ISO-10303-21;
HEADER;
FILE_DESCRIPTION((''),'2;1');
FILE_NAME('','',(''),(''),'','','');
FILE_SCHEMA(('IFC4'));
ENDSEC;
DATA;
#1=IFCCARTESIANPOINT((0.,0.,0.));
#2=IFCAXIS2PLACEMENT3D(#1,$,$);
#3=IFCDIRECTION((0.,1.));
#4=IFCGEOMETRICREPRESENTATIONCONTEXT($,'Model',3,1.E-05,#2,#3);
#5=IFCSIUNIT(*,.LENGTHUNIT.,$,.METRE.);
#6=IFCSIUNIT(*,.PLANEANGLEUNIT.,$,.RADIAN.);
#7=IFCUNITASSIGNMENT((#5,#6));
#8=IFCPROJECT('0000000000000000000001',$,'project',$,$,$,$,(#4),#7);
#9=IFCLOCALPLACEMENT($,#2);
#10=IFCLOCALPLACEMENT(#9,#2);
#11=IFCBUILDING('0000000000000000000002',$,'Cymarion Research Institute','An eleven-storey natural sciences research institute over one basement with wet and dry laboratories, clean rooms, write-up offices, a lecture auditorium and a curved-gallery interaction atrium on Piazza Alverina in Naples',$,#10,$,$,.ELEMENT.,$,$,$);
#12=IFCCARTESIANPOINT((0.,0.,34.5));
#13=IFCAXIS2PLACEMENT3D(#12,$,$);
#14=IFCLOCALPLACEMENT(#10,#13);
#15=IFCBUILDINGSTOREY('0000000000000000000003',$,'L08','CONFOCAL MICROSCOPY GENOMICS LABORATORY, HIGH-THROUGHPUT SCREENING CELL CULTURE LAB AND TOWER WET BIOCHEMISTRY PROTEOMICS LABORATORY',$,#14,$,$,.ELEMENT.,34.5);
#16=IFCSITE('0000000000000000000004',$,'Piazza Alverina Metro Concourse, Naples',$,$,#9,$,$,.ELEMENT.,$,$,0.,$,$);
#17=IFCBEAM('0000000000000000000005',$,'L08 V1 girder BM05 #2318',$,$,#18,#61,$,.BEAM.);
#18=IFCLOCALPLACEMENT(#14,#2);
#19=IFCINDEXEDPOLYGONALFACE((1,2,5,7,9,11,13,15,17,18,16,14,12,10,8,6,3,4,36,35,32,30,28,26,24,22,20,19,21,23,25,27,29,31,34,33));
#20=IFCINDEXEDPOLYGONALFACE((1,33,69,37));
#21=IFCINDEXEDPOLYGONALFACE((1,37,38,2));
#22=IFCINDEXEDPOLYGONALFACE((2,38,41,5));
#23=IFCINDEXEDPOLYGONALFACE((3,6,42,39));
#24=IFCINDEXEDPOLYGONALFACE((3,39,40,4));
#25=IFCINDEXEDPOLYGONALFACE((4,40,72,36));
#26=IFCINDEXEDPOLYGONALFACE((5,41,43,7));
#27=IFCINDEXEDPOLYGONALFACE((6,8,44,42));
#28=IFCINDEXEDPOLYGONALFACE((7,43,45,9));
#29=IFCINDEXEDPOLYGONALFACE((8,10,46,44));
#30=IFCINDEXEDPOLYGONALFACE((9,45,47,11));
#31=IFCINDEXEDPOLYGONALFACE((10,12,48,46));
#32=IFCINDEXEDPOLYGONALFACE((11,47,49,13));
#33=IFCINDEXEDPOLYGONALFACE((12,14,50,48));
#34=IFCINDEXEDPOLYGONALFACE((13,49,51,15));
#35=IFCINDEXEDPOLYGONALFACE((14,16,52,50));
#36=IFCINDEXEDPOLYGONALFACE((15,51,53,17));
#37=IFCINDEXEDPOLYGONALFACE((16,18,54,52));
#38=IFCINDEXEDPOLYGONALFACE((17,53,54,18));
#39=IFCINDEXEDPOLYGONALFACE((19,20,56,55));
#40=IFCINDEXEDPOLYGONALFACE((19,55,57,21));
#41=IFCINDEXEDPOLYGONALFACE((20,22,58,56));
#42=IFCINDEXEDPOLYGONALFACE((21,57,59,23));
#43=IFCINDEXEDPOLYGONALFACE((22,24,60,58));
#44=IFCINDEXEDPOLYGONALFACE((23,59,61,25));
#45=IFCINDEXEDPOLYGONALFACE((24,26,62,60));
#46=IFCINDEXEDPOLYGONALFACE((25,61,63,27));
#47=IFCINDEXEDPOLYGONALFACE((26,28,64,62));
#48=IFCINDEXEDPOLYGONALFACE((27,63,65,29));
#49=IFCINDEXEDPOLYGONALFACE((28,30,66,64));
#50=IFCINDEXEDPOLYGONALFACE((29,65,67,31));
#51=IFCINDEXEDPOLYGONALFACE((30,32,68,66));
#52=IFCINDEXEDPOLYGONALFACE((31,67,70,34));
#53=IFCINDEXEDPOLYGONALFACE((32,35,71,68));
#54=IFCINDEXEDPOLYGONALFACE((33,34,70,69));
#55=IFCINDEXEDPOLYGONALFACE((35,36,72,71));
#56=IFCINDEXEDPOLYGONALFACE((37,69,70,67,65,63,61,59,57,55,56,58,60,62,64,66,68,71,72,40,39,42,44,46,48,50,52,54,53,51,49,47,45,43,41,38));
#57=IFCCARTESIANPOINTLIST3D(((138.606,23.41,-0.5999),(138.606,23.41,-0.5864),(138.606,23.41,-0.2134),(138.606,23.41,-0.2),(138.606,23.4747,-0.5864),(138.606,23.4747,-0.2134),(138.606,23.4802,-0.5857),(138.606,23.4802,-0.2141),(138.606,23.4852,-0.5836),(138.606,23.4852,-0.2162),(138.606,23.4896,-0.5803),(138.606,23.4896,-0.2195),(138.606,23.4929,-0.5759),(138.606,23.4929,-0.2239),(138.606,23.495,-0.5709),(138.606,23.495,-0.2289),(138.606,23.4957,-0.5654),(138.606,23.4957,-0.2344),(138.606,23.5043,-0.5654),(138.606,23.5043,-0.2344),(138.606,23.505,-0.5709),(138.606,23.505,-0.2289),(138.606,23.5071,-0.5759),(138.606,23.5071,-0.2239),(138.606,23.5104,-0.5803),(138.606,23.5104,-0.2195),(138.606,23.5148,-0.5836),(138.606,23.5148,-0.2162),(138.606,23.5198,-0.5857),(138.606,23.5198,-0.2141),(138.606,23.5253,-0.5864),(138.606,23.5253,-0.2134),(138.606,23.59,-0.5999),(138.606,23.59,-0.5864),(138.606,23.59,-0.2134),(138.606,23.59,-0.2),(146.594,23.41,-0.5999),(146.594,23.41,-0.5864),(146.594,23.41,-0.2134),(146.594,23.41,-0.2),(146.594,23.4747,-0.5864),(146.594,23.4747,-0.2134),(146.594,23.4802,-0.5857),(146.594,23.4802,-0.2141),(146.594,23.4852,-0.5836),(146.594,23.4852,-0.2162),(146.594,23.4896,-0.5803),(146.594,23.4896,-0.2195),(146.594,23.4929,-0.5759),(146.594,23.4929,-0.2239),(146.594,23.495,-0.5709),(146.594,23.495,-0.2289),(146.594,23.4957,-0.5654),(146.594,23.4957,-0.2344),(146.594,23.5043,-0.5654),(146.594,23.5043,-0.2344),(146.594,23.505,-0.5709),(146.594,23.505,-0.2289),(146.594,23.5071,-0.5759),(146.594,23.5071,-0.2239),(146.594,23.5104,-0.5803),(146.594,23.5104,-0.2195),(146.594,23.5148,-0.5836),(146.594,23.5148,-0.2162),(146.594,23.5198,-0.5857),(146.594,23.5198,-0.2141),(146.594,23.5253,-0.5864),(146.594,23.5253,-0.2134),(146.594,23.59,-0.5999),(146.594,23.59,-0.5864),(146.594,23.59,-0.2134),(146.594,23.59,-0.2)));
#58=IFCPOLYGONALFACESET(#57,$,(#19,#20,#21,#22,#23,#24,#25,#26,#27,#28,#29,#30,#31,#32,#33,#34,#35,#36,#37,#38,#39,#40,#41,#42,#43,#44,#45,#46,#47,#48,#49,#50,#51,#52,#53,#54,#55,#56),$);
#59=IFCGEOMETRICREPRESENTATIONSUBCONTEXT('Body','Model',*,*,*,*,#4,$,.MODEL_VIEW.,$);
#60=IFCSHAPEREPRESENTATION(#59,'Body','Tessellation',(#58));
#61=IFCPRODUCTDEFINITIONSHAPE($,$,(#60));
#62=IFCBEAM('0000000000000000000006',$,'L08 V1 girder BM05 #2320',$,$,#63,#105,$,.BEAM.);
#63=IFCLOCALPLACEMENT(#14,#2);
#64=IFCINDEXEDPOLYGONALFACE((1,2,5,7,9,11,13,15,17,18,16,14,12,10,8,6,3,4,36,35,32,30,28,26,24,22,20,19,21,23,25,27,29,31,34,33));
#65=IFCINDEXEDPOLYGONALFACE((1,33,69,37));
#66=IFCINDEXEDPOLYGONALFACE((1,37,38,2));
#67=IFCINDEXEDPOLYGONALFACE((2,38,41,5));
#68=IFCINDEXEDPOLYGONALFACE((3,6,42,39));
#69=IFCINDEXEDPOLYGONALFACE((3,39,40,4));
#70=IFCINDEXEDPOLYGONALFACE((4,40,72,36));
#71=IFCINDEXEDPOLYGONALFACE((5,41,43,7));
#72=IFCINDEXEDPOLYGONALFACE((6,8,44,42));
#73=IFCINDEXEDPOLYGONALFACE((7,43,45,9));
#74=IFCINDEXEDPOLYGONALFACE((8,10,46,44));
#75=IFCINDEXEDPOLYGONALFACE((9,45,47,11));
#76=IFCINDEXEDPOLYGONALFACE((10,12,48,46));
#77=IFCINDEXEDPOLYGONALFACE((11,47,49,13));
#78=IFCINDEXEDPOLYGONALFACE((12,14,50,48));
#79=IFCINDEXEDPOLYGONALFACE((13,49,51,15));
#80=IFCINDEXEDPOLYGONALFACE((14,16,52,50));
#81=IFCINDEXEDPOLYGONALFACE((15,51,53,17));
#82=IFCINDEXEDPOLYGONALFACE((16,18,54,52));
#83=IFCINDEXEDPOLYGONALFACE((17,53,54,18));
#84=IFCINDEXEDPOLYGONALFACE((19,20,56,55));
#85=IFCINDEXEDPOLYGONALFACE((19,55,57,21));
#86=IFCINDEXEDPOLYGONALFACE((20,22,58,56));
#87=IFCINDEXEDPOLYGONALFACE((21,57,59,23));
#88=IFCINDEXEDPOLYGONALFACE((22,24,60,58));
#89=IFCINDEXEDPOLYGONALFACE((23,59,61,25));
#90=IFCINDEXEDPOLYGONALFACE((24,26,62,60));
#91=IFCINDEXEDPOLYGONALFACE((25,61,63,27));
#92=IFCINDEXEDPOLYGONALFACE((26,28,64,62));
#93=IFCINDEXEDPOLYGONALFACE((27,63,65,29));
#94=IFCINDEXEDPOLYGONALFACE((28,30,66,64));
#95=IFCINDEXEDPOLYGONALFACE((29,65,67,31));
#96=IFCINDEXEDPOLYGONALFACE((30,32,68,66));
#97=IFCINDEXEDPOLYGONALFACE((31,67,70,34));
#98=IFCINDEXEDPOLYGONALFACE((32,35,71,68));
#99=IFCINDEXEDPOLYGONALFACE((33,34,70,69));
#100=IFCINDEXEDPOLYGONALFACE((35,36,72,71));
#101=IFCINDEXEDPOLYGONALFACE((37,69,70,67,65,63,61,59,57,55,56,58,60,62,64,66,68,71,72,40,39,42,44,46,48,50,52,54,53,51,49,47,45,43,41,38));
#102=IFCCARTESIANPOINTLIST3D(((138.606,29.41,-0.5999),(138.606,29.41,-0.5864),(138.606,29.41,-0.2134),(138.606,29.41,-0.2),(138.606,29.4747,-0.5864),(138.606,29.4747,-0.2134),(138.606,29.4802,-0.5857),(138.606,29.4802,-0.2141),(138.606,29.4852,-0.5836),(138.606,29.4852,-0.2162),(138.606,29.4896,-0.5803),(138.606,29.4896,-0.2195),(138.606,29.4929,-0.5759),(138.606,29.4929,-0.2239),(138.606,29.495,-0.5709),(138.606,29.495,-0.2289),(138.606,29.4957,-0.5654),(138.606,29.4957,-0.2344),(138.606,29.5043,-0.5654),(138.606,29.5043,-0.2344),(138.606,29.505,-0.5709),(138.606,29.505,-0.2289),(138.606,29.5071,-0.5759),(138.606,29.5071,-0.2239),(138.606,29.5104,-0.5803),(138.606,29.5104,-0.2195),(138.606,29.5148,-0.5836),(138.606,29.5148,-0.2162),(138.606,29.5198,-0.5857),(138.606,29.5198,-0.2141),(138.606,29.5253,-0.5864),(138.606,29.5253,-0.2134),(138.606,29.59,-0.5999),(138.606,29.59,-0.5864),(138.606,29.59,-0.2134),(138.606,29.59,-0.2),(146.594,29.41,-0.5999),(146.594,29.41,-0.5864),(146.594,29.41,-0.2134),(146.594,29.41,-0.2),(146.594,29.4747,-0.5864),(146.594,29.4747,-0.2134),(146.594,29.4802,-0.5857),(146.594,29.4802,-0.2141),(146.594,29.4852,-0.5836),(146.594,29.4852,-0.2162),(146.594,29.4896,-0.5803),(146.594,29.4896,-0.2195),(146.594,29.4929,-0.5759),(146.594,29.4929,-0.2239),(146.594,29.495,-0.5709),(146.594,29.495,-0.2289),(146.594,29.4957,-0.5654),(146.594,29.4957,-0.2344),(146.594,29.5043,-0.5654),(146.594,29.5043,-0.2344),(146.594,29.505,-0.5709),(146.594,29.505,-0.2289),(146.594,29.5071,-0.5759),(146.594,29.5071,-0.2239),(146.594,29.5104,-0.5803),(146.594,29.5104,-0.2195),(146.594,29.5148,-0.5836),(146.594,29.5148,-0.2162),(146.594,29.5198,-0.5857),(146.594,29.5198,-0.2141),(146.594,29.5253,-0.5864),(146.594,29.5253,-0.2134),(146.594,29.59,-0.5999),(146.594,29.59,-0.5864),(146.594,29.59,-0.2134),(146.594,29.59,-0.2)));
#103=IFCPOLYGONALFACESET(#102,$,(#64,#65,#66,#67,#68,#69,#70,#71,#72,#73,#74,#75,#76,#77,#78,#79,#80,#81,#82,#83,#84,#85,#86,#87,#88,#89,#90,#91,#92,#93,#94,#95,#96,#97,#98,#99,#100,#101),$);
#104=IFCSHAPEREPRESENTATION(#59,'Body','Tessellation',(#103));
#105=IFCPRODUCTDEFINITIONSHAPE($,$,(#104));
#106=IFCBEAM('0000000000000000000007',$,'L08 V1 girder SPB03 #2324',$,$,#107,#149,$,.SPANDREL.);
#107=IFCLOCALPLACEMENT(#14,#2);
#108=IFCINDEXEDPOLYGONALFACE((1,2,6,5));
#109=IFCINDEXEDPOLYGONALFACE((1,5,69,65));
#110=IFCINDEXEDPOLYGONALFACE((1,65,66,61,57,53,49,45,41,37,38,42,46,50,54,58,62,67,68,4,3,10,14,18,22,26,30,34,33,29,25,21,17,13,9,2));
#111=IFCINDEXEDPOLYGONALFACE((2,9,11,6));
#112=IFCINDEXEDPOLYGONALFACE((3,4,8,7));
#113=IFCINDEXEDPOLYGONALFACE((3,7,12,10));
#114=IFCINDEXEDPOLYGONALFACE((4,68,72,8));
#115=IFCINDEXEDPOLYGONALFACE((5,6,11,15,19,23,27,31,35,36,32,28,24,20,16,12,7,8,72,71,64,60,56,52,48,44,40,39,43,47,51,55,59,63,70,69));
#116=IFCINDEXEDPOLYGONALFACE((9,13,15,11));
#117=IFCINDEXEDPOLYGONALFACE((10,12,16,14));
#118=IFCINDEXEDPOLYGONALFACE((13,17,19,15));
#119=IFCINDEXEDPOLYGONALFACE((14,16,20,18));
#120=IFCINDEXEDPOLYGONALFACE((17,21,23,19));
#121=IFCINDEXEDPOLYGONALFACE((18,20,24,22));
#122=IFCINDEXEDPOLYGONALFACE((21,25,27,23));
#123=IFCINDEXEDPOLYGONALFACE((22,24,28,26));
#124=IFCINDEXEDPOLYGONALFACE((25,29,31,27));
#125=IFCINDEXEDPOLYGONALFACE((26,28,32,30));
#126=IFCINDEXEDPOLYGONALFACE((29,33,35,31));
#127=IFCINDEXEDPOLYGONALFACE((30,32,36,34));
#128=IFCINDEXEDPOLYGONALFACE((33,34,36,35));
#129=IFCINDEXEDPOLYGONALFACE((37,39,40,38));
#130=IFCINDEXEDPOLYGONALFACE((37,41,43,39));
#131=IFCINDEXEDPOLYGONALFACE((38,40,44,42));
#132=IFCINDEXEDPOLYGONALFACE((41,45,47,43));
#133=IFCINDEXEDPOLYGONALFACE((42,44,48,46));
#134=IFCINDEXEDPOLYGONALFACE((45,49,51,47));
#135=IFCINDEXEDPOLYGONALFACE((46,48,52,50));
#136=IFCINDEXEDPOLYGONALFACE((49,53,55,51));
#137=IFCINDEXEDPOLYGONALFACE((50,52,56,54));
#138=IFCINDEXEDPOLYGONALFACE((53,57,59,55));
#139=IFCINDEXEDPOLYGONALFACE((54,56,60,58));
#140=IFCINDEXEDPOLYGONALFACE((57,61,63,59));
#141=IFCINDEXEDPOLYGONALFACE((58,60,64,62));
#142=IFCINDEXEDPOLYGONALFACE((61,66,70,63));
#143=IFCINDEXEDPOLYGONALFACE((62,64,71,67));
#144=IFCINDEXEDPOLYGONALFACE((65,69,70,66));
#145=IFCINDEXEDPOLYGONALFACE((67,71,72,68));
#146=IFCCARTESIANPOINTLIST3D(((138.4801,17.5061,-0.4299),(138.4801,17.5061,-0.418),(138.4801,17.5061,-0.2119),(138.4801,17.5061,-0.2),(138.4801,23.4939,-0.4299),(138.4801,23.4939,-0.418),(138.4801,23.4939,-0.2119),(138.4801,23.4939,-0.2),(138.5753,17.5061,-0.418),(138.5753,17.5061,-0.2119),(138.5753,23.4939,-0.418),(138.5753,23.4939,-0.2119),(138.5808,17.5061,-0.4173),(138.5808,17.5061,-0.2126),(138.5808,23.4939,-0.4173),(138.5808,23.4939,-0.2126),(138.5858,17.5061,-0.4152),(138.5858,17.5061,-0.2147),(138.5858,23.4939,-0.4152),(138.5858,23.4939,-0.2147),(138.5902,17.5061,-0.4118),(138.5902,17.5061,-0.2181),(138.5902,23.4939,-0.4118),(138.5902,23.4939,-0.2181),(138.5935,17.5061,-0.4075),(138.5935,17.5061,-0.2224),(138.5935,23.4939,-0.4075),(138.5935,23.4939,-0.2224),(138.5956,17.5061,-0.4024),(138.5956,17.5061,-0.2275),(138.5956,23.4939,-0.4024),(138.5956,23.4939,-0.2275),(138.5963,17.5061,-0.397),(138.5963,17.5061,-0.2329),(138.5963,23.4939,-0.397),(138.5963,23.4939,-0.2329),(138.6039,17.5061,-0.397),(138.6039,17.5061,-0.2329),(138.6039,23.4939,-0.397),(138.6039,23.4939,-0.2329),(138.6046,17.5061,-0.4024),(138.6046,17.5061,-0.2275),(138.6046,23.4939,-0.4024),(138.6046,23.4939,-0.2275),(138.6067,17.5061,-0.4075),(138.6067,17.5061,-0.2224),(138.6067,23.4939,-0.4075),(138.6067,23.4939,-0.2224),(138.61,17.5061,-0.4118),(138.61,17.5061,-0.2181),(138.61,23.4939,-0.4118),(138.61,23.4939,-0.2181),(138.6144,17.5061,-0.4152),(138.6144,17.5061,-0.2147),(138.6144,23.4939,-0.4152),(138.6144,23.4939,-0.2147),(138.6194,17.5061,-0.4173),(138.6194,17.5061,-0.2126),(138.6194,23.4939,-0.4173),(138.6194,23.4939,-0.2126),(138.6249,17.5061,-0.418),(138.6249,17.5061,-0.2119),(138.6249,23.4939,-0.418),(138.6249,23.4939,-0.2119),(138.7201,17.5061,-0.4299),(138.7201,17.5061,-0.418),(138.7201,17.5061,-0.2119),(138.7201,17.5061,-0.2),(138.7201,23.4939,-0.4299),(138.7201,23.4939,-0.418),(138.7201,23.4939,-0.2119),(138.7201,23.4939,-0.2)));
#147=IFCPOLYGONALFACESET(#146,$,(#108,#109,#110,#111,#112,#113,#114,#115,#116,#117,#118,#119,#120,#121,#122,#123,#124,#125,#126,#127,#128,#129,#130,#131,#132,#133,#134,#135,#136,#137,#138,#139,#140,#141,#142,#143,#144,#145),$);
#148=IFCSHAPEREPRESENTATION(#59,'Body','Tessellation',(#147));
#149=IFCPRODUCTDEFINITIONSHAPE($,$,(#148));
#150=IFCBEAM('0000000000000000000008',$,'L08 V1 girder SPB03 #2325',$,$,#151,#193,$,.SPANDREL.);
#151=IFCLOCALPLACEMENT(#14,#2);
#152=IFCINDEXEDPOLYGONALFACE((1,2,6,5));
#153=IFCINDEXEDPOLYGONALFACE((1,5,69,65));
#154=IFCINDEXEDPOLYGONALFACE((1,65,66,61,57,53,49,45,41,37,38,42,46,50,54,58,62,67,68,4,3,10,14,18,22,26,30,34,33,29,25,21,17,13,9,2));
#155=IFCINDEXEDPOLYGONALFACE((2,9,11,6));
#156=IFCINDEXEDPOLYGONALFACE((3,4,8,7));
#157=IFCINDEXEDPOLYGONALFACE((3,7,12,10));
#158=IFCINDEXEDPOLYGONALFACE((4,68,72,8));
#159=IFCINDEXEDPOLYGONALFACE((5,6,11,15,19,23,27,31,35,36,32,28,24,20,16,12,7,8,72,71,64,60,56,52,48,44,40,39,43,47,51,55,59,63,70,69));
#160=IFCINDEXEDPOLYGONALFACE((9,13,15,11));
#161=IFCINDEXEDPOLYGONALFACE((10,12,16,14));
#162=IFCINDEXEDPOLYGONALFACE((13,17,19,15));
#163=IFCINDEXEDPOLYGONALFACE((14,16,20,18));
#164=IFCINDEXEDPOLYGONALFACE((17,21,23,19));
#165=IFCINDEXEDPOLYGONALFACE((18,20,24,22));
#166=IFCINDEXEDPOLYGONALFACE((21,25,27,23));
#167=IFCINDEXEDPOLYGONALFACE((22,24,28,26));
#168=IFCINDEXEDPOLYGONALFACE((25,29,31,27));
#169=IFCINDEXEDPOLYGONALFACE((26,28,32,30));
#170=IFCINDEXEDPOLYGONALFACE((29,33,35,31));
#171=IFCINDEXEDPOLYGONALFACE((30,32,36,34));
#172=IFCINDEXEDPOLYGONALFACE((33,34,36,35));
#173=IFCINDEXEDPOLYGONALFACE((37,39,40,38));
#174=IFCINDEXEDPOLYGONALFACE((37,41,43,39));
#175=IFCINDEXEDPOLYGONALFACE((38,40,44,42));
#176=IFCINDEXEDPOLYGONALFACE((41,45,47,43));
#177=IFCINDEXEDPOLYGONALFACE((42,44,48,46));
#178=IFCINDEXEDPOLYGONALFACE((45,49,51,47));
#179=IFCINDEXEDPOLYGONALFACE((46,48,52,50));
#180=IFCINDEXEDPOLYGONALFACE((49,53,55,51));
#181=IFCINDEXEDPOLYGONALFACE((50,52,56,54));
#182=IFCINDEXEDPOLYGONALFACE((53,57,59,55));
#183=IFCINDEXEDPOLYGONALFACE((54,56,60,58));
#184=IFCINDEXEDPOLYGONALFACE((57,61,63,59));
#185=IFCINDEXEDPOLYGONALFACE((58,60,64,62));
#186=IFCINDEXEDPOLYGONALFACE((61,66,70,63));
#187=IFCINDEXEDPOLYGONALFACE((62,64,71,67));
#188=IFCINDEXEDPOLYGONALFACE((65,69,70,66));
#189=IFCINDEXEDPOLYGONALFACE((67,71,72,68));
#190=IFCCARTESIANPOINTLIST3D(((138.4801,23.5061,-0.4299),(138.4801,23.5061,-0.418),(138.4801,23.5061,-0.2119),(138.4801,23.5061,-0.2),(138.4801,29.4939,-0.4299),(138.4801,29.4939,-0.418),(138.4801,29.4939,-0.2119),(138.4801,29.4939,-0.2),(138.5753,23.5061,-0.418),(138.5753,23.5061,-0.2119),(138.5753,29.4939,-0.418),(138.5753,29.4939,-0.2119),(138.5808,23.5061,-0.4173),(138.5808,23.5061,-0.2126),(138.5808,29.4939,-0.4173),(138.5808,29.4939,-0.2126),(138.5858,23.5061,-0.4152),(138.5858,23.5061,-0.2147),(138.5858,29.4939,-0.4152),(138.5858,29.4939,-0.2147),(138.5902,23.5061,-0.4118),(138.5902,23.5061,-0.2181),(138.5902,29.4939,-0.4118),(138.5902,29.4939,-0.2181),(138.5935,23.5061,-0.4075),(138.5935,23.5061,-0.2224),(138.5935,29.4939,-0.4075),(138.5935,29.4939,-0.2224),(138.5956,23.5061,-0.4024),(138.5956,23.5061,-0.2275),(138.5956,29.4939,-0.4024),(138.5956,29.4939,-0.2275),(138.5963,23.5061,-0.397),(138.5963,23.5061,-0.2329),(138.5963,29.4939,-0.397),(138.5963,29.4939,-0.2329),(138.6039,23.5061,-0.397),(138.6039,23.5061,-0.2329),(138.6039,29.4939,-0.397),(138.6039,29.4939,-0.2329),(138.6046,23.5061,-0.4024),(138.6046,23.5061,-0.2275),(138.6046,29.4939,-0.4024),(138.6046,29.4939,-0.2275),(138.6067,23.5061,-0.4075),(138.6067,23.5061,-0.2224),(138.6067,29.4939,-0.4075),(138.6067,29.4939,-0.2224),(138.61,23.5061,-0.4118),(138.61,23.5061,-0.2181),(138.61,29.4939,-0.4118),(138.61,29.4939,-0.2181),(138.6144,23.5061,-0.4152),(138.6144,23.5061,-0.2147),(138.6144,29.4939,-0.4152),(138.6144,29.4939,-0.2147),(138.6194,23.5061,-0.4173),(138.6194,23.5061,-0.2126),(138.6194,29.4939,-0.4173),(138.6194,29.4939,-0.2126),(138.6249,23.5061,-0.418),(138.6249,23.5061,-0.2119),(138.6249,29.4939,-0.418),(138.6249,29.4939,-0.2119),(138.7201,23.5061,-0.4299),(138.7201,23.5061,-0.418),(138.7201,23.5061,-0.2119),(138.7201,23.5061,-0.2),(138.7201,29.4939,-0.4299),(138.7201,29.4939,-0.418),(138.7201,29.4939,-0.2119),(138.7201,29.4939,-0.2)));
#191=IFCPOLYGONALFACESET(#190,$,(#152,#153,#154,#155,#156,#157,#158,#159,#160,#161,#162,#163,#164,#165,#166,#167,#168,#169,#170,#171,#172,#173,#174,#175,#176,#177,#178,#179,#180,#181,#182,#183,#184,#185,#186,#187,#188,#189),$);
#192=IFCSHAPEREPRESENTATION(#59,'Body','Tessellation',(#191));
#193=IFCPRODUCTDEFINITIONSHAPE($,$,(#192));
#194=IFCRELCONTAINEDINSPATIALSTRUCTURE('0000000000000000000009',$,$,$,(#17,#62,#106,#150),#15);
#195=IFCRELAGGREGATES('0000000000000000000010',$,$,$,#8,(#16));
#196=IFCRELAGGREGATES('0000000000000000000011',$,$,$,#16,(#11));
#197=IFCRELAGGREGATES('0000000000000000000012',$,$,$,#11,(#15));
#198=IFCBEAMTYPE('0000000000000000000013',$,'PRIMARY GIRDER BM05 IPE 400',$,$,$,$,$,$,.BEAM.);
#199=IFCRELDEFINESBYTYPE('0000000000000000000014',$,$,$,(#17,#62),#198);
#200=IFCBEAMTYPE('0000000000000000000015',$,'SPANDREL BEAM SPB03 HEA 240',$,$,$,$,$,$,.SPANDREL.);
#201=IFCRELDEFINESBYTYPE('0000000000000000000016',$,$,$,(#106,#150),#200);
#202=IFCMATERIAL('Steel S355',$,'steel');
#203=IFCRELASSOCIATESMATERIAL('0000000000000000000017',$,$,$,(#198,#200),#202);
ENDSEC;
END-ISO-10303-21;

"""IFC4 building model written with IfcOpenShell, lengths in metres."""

from ifc_helpers import new_model, si_unit, direction, frame, origin, origin_2d, place, context, subcontext, project, spatial, i_section, extrude, material, material_profile, profile_set, type_object, element, save


model = new_model("IFC4")

# Units and contexts
model_context = context("Model", 3, precision=1e-05, world=origin(), true_north=direction((0.0, 1.0)))
body_context = subcontext(model_context, "Body", "Model", "MODEL_VIEW")
ifc_project = project(units=[si_unit("LENGTHUNIT", "METRE"), si_unit("PLANEANGLEUNIT", "RADIAN")], contexts=[model_context])

# Site, building, storey
site_placement = place(None, origin())
site = spatial("IfcSite", under=ifc_project, at=site_placement, Name="Piazza Alverina Metro Concourse, Naples", CompositionType="ELEMENT", RefElevation=0.0)
building_placement = place(site_placement, origin())
building = spatial("IfcBuilding", under=site, at=building_placement, Name="Cymarion Research Institute", Description="An eleven-storey natural sciences research institute over one basement with wet and dry laboratories, clean rooms, write-up offices, a lecture auditorium and a curved-gallery interaction atrium on Piazza Alverina in Naples", CompositionType="ELEMENT")
storey_placement = place(building_placement, frame((0.0, 0.0, 34.5)))
storey = spatial("IfcBuildingStorey", under=building, at=storey_placement, Name="L08", Description="CONFOCAL MICROSCOPY GENOMICS LABORATORY, HIGH-THROUGHPUT SCREENING CELL CULTURE LAB AND TOWER WET BIOCHEMISTRY PROTEOMICS LABORATORY", CompositionType="ELEMENT", Elevation=34.5)

# Shared definitions
ifc_material_1 = material(Name="Steel S355", Category="steel")

# Beams
ifc_material_profile_1 = material_profile(ifc_material_1, i_section(OverallWidth=0.1799, OverallDepth=0.3999, WebThickness=0.0085, FlangeThickness=0.0134, FilletRadius=0.021, at=origin_2d()), Name="IPE 400")
ifc_profile_set_1 = profile_set([ifc_material_profile_1], Name="Steel S355")
beam_type_1 = type_object("IfcBeamType", Name="PRIMARY GIRDER BM05 IPE 400", PredefinedType="BEAM", material=ifc_profile_set_1)
for number, where, z_axis, x_axis, name in (
    (1, (138.606, 23.5, -0.3999), (1.0, 0.0, 0.0), (0.0, 1.0, 0.0), "L08 V1 girder BM05 #2318"),
    (2, (138.606, 29.5, -0.3999), (1.0, 0.0, 0.0), (0.0, 1.0, 0.0), "L08 V1 girder BM05 #2320"),
):
    element("IfcBeam", number, at=place(storey_placement, frame(where, z_axis=z_axis, x_axis=x_axis)), inside=storey, type_object=beam_type_1, Name=name, PredefinedType="BEAM", context=body_context, shape_type="SweptSolid", body=[
        extrude(i_section(OverallWidth=0.1799, OverallDepth=0.3999, WebThickness=0.0085, FlangeThickness=0.0134, FilletRadius=0.021, at=origin_2d()), origin(), (0.0, 0.0, 1.0), 7.988),
    ])
ifc_material_profile_2 = material_profile(ifc_material_1, i_section(OverallWidth=0.24, OverallDepth=0.23, WebThickness=0.0076, FlangeThickness=0.012, FilletRadius=0.021, at=origin_2d()), Name="HEA 240")
ifc_profile_set_2 = profile_set([ifc_material_profile_2], Name="Steel S355")
beam_type_2 = type_object("IfcBeamType", Name="SPANDREL BEAM SPB03 HEA 240", PredefinedType="SPANDREL", material=ifc_profile_set_2)
for number, where, z_axis, x_axis, name in (
    (3, (138.6001, 17.5061, -0.3149), (0.0, 1.0, 0.0), (-1.0, 0.0, 0.0), "L08 V1 girder SPB03 #2324"),
    (4, (138.6001, 23.5061, -0.3149), (0.0, 1.0, 0.0), (-1.0, 0.0, 0.0), "L08 V1 girder SPB03 #2325"),
):
    element("IfcBeam", number, at=place(storey_placement, frame(where, z_axis=z_axis, x_axis=x_axis)), inside=storey, type_object=beam_type_2, Name=name, PredefinedType="SPANDREL", context=body_context, shape_type="SweptSolid", body=[
        extrude(i_section(OverallWidth=0.24, OverallDepth=0.23, WebThickness=0.0076, FlangeThickness=0.012, FilletRadius=0.021, at=origin_2d()), origin(), (0.0, 0.0, 1.0), 5.9878),
    ])

save(model, "model.ifc")
